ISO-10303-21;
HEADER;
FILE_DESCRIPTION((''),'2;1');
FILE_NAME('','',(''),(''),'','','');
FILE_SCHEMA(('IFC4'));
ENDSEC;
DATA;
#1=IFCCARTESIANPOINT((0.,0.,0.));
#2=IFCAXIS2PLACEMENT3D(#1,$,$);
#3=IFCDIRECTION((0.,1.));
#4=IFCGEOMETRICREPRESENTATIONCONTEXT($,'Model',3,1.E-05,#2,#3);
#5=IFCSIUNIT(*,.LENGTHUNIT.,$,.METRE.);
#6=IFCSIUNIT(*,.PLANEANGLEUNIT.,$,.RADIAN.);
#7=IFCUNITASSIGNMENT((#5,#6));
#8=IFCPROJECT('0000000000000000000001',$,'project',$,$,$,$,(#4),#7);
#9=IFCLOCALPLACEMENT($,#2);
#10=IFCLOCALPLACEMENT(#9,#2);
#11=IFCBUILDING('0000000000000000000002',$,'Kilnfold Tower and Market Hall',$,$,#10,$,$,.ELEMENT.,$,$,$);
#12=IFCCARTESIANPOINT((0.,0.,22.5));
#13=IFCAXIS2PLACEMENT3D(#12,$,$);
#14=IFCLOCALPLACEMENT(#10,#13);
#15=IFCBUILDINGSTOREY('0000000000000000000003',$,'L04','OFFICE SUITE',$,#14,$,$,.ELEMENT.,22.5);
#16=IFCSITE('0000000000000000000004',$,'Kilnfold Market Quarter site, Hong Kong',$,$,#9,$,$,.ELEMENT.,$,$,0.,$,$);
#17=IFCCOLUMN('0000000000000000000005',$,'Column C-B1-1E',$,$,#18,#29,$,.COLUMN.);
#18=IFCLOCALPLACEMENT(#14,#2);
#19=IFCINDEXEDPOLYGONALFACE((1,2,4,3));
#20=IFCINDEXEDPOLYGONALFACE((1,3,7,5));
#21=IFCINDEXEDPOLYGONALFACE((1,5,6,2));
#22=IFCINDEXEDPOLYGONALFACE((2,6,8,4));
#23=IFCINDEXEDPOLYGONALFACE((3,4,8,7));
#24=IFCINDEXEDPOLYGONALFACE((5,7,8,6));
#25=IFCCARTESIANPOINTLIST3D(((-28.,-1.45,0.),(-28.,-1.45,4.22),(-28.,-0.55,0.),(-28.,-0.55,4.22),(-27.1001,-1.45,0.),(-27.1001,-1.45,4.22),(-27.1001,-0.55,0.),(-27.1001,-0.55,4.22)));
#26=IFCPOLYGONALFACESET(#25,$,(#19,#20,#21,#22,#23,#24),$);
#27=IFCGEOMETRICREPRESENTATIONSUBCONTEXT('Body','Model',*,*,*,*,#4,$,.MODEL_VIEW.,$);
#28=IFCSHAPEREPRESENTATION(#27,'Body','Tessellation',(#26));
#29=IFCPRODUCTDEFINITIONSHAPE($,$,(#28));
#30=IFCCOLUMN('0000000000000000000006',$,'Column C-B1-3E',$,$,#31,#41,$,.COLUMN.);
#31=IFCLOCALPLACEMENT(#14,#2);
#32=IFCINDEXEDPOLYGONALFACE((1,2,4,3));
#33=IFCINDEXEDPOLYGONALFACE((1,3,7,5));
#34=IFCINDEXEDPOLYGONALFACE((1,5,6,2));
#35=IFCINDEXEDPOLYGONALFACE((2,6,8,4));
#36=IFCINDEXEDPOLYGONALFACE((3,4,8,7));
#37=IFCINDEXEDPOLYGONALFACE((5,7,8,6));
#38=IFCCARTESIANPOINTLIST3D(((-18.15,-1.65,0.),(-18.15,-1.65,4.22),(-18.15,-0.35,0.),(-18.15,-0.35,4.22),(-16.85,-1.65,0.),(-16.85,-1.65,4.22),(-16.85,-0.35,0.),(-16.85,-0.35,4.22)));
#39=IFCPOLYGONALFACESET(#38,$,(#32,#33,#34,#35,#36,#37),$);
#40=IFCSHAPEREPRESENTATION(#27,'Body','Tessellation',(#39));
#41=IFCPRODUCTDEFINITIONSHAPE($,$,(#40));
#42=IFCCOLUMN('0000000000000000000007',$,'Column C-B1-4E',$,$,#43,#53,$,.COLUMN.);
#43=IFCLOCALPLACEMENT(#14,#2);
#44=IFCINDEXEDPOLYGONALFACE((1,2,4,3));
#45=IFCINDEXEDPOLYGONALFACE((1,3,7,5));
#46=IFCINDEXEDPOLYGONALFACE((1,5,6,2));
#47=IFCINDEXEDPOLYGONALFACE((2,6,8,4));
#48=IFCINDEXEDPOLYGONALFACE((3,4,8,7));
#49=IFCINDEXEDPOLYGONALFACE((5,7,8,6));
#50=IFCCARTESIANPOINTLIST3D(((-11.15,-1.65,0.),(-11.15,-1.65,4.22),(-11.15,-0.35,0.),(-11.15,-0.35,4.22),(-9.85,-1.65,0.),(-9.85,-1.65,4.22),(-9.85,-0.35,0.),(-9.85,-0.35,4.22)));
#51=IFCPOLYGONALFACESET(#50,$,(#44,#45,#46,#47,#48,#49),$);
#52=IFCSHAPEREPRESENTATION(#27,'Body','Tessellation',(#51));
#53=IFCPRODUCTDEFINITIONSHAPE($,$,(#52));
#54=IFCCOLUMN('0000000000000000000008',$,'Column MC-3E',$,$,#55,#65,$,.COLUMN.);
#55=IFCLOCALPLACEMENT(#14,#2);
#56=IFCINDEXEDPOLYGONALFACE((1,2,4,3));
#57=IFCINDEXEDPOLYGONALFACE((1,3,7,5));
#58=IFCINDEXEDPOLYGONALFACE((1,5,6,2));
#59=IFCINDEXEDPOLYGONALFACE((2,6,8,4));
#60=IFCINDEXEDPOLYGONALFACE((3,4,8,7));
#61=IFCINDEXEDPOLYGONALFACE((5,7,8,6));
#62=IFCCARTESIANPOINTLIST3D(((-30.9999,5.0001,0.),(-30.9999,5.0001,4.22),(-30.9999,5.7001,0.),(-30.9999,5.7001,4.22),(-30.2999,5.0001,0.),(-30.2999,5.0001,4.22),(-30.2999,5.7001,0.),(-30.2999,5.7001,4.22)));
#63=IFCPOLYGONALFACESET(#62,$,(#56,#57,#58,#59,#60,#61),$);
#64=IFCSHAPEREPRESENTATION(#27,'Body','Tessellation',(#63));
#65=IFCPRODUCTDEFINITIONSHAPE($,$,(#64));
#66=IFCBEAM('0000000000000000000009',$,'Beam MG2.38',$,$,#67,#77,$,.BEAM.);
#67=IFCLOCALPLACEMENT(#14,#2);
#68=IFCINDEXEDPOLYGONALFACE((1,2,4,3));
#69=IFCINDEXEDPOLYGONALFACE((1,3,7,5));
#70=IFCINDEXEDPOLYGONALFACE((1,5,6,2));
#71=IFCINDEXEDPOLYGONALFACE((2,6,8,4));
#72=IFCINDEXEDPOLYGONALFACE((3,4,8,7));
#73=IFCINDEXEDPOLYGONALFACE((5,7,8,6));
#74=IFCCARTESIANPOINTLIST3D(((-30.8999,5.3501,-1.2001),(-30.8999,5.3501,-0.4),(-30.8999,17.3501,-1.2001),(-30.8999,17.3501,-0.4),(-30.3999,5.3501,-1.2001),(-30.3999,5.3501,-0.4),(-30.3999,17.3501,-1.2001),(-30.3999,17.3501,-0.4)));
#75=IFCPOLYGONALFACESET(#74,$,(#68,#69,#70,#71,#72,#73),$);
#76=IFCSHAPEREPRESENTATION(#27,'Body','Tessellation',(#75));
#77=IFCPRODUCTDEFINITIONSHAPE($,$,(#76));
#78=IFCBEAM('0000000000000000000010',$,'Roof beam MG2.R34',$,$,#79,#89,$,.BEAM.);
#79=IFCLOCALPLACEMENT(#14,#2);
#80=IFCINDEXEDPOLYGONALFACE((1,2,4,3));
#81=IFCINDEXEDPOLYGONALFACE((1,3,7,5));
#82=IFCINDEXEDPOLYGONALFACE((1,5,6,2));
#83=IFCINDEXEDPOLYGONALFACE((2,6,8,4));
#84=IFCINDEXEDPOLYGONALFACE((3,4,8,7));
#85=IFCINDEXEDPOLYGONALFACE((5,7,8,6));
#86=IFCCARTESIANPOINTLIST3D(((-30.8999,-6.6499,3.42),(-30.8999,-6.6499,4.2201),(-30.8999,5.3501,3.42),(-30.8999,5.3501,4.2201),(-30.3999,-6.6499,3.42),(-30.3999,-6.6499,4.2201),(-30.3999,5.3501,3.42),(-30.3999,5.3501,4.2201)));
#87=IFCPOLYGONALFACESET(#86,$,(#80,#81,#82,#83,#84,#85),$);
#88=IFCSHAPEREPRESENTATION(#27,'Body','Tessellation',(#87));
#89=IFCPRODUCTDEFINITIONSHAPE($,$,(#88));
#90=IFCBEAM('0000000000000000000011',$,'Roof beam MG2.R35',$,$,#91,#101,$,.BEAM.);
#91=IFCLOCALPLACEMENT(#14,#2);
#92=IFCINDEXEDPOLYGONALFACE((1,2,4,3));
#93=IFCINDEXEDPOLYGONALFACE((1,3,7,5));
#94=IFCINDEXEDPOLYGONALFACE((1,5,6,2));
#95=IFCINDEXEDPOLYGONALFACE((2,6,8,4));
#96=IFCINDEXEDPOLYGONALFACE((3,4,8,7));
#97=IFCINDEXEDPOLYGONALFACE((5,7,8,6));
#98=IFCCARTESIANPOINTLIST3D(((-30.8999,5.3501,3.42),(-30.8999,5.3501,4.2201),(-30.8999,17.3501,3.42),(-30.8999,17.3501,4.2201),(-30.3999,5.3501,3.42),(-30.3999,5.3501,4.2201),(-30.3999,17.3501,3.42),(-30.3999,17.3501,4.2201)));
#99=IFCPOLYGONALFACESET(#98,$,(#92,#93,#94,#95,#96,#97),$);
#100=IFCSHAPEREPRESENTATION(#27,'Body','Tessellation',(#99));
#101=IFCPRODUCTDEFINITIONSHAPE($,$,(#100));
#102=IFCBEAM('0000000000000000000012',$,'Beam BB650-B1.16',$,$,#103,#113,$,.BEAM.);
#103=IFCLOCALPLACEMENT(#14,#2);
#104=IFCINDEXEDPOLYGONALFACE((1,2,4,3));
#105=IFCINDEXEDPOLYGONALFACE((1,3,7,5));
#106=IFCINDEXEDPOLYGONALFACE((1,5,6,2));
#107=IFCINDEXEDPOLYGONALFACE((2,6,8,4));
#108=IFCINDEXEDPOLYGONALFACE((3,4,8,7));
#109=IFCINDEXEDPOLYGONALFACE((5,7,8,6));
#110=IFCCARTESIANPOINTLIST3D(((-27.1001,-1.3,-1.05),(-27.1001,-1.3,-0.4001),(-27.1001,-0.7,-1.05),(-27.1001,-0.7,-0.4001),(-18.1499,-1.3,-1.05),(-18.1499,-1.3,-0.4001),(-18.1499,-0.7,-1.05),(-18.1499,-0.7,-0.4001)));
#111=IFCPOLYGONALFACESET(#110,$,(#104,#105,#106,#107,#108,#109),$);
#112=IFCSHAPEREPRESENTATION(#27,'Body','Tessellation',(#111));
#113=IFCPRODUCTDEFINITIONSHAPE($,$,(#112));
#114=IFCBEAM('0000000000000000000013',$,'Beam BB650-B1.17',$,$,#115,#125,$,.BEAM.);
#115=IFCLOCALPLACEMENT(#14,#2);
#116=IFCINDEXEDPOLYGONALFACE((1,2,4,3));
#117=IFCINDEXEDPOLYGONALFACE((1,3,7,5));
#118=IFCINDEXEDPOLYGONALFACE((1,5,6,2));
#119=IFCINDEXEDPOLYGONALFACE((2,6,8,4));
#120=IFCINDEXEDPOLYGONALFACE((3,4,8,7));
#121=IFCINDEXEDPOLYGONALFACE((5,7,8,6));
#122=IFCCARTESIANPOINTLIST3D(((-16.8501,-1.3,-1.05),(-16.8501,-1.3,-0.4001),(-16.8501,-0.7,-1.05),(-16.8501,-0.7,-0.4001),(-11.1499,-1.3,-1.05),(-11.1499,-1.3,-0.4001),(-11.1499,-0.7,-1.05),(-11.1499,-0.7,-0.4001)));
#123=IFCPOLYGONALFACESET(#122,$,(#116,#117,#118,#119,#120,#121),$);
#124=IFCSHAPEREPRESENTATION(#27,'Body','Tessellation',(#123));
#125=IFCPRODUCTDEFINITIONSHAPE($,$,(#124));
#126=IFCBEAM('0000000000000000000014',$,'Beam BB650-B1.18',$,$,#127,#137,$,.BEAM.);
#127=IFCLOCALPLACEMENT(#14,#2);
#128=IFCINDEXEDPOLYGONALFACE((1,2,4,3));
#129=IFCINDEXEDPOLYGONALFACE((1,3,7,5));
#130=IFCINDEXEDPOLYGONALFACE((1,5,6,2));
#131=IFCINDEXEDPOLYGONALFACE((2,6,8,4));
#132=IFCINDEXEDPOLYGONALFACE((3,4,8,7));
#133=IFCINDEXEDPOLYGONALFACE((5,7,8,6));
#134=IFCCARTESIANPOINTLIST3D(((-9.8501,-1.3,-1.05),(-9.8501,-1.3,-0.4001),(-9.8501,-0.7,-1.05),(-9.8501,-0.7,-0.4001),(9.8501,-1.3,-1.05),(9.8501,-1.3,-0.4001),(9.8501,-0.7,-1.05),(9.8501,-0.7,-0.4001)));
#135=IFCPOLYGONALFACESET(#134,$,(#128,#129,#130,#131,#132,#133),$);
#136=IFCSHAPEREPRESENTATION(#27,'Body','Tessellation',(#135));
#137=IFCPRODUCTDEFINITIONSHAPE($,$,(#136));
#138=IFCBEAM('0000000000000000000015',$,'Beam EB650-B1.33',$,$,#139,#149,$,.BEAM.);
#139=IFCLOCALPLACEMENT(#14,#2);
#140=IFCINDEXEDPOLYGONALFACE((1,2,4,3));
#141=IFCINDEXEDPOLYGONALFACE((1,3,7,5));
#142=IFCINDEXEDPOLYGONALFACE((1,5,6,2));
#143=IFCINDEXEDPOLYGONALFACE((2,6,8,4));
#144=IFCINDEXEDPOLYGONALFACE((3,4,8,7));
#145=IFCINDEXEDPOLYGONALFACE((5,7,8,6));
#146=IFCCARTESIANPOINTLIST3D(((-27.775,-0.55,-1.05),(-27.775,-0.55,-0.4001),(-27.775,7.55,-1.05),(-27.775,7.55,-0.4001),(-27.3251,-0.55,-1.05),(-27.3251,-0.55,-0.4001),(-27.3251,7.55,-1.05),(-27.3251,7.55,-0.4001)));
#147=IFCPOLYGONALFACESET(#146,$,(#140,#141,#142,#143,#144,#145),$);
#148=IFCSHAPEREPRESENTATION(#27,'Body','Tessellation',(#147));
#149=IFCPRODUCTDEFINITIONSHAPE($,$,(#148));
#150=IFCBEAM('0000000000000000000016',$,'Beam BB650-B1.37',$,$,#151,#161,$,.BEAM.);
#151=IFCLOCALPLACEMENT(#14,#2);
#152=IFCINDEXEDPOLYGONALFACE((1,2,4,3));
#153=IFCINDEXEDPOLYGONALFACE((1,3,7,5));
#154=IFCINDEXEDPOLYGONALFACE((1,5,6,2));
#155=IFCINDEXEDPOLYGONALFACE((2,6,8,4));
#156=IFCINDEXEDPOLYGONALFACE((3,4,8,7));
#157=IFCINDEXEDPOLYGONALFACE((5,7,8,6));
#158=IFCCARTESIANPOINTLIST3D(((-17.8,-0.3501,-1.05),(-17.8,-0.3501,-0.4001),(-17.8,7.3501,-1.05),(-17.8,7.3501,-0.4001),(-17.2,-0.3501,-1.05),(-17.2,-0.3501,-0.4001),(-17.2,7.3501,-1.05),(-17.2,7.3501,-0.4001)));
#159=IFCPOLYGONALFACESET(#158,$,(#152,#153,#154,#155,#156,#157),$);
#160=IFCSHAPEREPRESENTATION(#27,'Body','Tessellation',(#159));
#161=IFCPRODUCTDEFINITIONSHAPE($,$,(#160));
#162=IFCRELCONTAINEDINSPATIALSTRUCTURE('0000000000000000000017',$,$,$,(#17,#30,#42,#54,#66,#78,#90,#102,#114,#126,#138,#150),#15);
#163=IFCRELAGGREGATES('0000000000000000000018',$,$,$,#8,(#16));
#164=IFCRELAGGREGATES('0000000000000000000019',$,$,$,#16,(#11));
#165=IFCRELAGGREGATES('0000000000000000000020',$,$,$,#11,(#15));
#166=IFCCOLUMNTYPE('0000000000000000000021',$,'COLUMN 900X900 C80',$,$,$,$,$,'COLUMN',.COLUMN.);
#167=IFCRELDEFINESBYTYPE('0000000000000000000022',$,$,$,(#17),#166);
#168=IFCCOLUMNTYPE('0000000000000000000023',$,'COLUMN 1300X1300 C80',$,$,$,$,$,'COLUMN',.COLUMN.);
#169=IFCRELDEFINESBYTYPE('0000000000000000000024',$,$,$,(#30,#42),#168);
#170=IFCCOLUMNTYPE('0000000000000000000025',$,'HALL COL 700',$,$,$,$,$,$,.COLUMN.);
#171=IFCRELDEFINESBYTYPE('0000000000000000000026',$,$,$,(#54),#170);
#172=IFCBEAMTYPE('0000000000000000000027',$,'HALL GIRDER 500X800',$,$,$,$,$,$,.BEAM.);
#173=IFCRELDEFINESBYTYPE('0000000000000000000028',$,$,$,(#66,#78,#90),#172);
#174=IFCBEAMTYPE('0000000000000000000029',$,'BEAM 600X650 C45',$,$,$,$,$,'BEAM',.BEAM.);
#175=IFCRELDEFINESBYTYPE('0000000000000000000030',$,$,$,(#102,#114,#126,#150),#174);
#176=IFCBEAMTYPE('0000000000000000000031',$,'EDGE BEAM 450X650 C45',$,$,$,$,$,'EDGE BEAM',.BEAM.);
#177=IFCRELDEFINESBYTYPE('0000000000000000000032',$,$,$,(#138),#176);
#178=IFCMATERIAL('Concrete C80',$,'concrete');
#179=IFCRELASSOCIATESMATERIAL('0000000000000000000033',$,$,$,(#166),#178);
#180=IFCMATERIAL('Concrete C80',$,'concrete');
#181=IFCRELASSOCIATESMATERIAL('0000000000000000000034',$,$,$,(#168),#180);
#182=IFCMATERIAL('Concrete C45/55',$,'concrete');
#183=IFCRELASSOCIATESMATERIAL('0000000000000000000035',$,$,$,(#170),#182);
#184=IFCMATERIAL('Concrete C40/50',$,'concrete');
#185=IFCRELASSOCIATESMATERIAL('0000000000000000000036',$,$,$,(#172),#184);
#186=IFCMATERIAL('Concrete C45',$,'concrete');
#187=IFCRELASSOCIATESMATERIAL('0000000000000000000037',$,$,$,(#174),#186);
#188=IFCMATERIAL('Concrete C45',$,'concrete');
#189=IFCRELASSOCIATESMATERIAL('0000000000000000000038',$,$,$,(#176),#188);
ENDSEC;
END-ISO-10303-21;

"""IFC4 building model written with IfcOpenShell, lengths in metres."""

from ifc_helpers import new_model, si_unit, direction, frame, origin, origin_2d, place, context, subcontext, project, spatial, rectangle, extrude, source, transform, mapped, material, material_profile, profile_set, type_object, element, save


model = new_model("IFC4")

# Units and contexts
model_context = context("Model", 3, precision=1e-05, world=origin(), true_north=direction((0.0, 1.0)))
body_context = subcontext(model_context, "Body", "Model", "MODEL_VIEW")
ifc_project = project(units=[si_unit("LENGTHUNIT", "METRE"), si_unit("PLANEANGLEUNIT", "RADIAN")], contexts=[model_context])

# Site, building, storey
site_placement = place(None, origin())
site = spatial("IfcSite", under=ifc_project, at=site_placement, Name="Kilnfold Market Quarter site, Hong Kong", CompositionType="ELEMENT", RefElevation=0.0)
building_placement = place(site_placement, origin())
building = spatial("IfcBuilding", under=site, at=building_placement, Name="Kilnfold Tower and Market Hall", CompositionType="ELEMENT")
storey_placement = place(building_placement, frame((0.0, 0.0, 22.5)))
storey = spatial("IfcBuildingStorey", under=building, at=storey_placement, Name="L04", Description="OFFICE SUITE", CompositionType="ELEMENT", Elevation=22.5)

# Columns
ifc_material_1 = material(Name="Concrete C80", Category="concrete")
ifc_material_profile_1 = material_profile(ifc_material_1, rectangle(XDim=0.8999, YDim=0.8999, at=origin_2d()), Name="RC 900x900")
ifc_profile_set_1 = profile_set([ifc_material_profile_1], Name="Concrete C80")
column_type_1 = type_object("IfcColumnType", Name="COLUMN 900X900 C80", ElementType="COLUMN", PredefinedType="COLUMN", material=ifc_profile_set_1)
shared_shape_1 = source(origin(), body_context, "Body", "SweptSolid", [
    extrude(rectangle(XDim=0.8999, YDim=0.8999, at=origin_2d()), origin(), (0.0, 0.0, 1.0), 4.22),
])
column_1_placement = place(storey_placement, frame((-27.55, -1.0, 0.0), z_axis=(0.0, 0.0, 1.0), x_axis=(1.0, 0.0, 0.0)))
element("IfcColumn", 1, at=column_1_placement, inside=storey, type_object=column_type_1, Name="Column C-B1-1E", PredefinedType="COLUMN", context=body_context, shape_type="MappedRepresentation", body=[
    mapped(shared_shape_1, transform((0.0, 0.0, 0.0))),
])
ifc_material_2 = material(Name="Concrete C80", Category="concrete")
ifc_material_profile_2 = material_profile(ifc_material_2, rectangle(XDim=1.3, YDim=1.3, at=origin_2d()), Name="RC 1300x1300")
ifc_profile_set_2 = profile_set([ifc_material_profile_2], Name="Concrete C80")
column_type_2 = type_object("IfcColumnType", Name="COLUMN 1300X1300 C80", ElementType="COLUMN", PredefinedType="COLUMN", material=ifc_profile_set_2)
shared_shape_2 = source(origin(), body_context, "Body", "SweptSolid", [
    extrude(rectangle(XDim=1.3, YDim=1.3, at=origin_2d()), origin(), (0.0, 0.0, 1.0), 4.22),
])
for number, where, z_axis, x_axis, name in (
    (2, (-17.5, -1.0, 0.0), (0.0, 0.0, 1.0), (1.0, 0.0, 0.0), "Column C-B1-3E"),
    (3, (-10.5, -1.0, 0.0), (0.0, 0.0, 1.0), (1.0, 0.0, 0.0), "Column C-B1-4E"),
):
    element("IfcColumn", number, at=place(storey_placement, frame(where, z_axis=z_axis, x_axis=x_axis)), inside=storey, type_object=column_type_2, Name=name, PredefinedType="COLUMN", context=body_context, shape_type="MappedRepresentation", body=[
        mapped(shared_shape_2, transform((0.0, 0.0, 0.0))),
    ])
ifc_material_3 = material(Name="Concrete C45/55", Category="concrete")
ifc_material_profile_3 = material_profile(ifc_material_3, rectangle(XDim=0.7, YDim=0.7, at=origin_2d()), Name="RC 700x700")
ifc_profile_set_3 = profile_set([ifc_material_profile_3], Name="Concrete C45/55")
column_type_3 = type_object("IfcColumnType", Name="HALL COL 700", PredefinedType="COLUMN", material=ifc_profile_set_3)
shared_shape_3 = source(origin(), body_context, "Body", "SweptSolid", [
    extrude(rectangle(XDim=0.7, YDim=0.7, at=origin_2d()), origin(), (0.0, 0.0, 1.0), 4.22),
])
column_2_placement = place(storey_placement, frame((-30.6499, 5.3501, 0.0), z_axis=(0.0, 0.0, 1.0), x_axis=(1.0, 0.0, 0.0)))
element("IfcColumn", 4, at=column_2_placement, inside=storey, type_object=column_type_3, Name="Column MC-3E", PredefinedType="COLUMN", context=body_context, shape_type="MappedRepresentation", body=[
    mapped(shared_shape_3, transform((0.0, 0.0, 0.0))),
])

# Beams
ifc_material_4 = material(Name="Concrete C40/50", Category="concrete")
ifc_material_profile_4 = material_profile(ifc_material_4, rectangle(XDim=0.5, YDim=0.8, at=origin_2d()), Name="RC 500x800")
ifc_profile_set_4 = profile_set([ifc_material_profile_4], Name="Concrete C40/50")
beam_type_1 = type_object("IfcBeamType", Name="HALL GIRDER 500X800", PredefinedType="BEAM", material=ifc_profile_set_4)
for number, where, z_axis, x_axis, name in (
    (5, (-30.6499, 5.3501, -0.8), (0.0, 1.0, 0.0), (-1.0, 0.0, 0.0), "Beam MG2.38"),
    (6, (-30.6499, -6.6499, 3.8201), (0.0, 1.0, 0.0), (-1.0, 0.0, 0.0), "Roof beam MG2.R34"),
    (7, (-30.6499, 5.3501, 3.8201), (0.0, 1.0, 0.0), (-1.0, 0.0, 0.0), "Roof beam MG2.R35"),
):
    element("IfcBeam", number, at=place(storey_placement, frame(where, z_axis=z_axis, x_axis=x_axis)), inside=storey, type_object=beam_type_1, Name=name, PredefinedType="BEAM", context=body_context, shape_type="SweptSolid", body=[
        extrude(rectangle(XDim=0.5, YDim=0.8, at=origin_2d()), origin(), (0.0, 0.0, 1.0), 12.0),
    ])
ifc_material_5 = material(Name="Concrete C45", Category="concrete")
ifc_material_profile_5 = material_profile(ifc_material_5, rectangle(XDim=0.6001, YDim=0.6499, at=origin_2d()), Name="RC 600x650")
ifc_profile_set_5 = profile_set([ifc_material_profile_5], Name="Concrete C45")
beam_type_2 = type_object("IfcBeamType", Name="BEAM 600X650 C45", ElementType="BEAM", PredefinedType="BEAM", material=ifc_profile_set_5)
shared_shape_4 = source(origin(), body_context, "Body", "SweptSolid", [
    extrude(rectangle(XDim=0.6001, YDim=0.6499, at=origin_2d()), origin(), (0.0, 0.0, 1.0), 8.9502),
])
beam_1_placement = place(storey_placement, frame((-27.1001, -1.0, -0.7251), z_axis=(1.0, 0.0, 0.0), x_axis=(0.0, 1.0, 0.0)))
element("IfcBeam", 8, at=beam_1_placement, inside=storey, type_object=beam_type_2, Name="Beam BB650-B1.16", PredefinedType="BEAM", context=body_context, shape_type="MappedRepresentation", body=[
    mapped(shared_shape_4, transform((0.0, 0.0, 0.0))),
])
shared_shape_5 = source(origin(), body_context, "Body", "SweptSolid", [
    extrude(rectangle(XDim=0.6001, YDim=0.6499, at=origin_2d()), origin(), (0.0, 0.0, 1.0), 5.7002),
])
beam_2_placement = place(storey_placement, frame((-16.8501, -1.0, -0.7251), z_axis=(1.0, 0.0, 0.0), x_axis=(0.0, 1.0, 0.0)))
element("IfcBeam", 9, at=beam_2_placement, inside=storey, type_object=beam_type_2, Name="Beam BB650-B1.17", PredefinedType="BEAM", context=body_context, shape_type="MappedRepresentation", body=[
    mapped(shared_shape_5, transform((0.0, 0.0, 0.0))),
])
shared_shape_6 = source(origin(), body_context, "Body", "SweptSolid", [
    extrude(rectangle(XDim=0.6001, YDim=0.6499, at=origin_2d()), origin(), (0.0, 0.0, 1.0), 19.7002),
])
beam_3_placement = place(storey_placement, frame((-9.8501, -1.0, -0.7251), z_axis=(1.0, 0.0, 0.0), x_axis=(0.0, 1.0, 0.0)))
element("IfcBeam", 10, at=beam_3_placement, inside=storey, type_object=beam_type_2, Name="Beam BB650-B1.18", PredefinedType="BEAM", context=body_context, shape_type="MappedRepresentation", body=[
    mapped(shared_shape_6, transform((0.0, 0.0, 0.0))),
])
ifc_material_6 = material(Name="Concrete C45", Category="concrete")
ifc_material_profile_6 = material_profile(ifc_material_6, rectangle(XDim=0.45, YDim=0.6499, at=origin_2d()), Name="RC 450x650")
ifc_profile_set_6 = profile_set([ifc_material_profile_6], Name="Concrete C45")
beam_type_3 = type_object("IfcBeamType", Name="EDGE BEAM 450X650 C45", ElementType="EDGE BEAM", PredefinedType="BEAM", material=ifc_profile_set_6)
shared_shape_7 = source(origin(), body_context, "Body", "SweptSolid", [
    extrude(rectangle(XDim=0.45, YDim=0.6499, at=origin_2d()), origin(), (0.0, 0.0, 1.0), 8.1001),
])
beam_4_placement = place(storey_placement, frame((-27.55, -0.55, -0.7251), z_axis=(0.0, 1.0, 0.0), x_axis=(-1.0, 0.0, 0.0)))
element("IfcBeam", 11, at=beam_4_placement, inside=storey, type_object=beam_type_3, Name="Beam EB650-B1.33", PredefinedType="BEAM", context=body_context, shape_type="MappedRepresentation", body=[
    mapped(shared_shape_7, transform((0.0, 0.0, 0.0))),
])
shared_shape_8 = source(origin(), body_context, "Body", "SweptSolid", [
    extrude(rectangle(XDim=0.6001, YDim=0.6499, at=origin_2d()), origin(), (0.0, 0.0, 1.0), 7.7002),
])
beam_5_placement = place(storey_placement, frame((-17.5, -0.3501, -0.7251), z_axis=(0.0, 1.0, 0.0), x_axis=(-1.0, 0.0, 0.0)))
element("IfcBeam", 12, at=beam_5_placement, inside=storey, type_object=beam_type_2, Name="Beam BB650-B1.37", PredefinedType="BEAM", context=body_context, shape_type="MappedRepresentation", body=[
    mapped(shared_shape_8, transform((0.0, 0.0, 0.0))),
])

save(model, "model.ifc")
